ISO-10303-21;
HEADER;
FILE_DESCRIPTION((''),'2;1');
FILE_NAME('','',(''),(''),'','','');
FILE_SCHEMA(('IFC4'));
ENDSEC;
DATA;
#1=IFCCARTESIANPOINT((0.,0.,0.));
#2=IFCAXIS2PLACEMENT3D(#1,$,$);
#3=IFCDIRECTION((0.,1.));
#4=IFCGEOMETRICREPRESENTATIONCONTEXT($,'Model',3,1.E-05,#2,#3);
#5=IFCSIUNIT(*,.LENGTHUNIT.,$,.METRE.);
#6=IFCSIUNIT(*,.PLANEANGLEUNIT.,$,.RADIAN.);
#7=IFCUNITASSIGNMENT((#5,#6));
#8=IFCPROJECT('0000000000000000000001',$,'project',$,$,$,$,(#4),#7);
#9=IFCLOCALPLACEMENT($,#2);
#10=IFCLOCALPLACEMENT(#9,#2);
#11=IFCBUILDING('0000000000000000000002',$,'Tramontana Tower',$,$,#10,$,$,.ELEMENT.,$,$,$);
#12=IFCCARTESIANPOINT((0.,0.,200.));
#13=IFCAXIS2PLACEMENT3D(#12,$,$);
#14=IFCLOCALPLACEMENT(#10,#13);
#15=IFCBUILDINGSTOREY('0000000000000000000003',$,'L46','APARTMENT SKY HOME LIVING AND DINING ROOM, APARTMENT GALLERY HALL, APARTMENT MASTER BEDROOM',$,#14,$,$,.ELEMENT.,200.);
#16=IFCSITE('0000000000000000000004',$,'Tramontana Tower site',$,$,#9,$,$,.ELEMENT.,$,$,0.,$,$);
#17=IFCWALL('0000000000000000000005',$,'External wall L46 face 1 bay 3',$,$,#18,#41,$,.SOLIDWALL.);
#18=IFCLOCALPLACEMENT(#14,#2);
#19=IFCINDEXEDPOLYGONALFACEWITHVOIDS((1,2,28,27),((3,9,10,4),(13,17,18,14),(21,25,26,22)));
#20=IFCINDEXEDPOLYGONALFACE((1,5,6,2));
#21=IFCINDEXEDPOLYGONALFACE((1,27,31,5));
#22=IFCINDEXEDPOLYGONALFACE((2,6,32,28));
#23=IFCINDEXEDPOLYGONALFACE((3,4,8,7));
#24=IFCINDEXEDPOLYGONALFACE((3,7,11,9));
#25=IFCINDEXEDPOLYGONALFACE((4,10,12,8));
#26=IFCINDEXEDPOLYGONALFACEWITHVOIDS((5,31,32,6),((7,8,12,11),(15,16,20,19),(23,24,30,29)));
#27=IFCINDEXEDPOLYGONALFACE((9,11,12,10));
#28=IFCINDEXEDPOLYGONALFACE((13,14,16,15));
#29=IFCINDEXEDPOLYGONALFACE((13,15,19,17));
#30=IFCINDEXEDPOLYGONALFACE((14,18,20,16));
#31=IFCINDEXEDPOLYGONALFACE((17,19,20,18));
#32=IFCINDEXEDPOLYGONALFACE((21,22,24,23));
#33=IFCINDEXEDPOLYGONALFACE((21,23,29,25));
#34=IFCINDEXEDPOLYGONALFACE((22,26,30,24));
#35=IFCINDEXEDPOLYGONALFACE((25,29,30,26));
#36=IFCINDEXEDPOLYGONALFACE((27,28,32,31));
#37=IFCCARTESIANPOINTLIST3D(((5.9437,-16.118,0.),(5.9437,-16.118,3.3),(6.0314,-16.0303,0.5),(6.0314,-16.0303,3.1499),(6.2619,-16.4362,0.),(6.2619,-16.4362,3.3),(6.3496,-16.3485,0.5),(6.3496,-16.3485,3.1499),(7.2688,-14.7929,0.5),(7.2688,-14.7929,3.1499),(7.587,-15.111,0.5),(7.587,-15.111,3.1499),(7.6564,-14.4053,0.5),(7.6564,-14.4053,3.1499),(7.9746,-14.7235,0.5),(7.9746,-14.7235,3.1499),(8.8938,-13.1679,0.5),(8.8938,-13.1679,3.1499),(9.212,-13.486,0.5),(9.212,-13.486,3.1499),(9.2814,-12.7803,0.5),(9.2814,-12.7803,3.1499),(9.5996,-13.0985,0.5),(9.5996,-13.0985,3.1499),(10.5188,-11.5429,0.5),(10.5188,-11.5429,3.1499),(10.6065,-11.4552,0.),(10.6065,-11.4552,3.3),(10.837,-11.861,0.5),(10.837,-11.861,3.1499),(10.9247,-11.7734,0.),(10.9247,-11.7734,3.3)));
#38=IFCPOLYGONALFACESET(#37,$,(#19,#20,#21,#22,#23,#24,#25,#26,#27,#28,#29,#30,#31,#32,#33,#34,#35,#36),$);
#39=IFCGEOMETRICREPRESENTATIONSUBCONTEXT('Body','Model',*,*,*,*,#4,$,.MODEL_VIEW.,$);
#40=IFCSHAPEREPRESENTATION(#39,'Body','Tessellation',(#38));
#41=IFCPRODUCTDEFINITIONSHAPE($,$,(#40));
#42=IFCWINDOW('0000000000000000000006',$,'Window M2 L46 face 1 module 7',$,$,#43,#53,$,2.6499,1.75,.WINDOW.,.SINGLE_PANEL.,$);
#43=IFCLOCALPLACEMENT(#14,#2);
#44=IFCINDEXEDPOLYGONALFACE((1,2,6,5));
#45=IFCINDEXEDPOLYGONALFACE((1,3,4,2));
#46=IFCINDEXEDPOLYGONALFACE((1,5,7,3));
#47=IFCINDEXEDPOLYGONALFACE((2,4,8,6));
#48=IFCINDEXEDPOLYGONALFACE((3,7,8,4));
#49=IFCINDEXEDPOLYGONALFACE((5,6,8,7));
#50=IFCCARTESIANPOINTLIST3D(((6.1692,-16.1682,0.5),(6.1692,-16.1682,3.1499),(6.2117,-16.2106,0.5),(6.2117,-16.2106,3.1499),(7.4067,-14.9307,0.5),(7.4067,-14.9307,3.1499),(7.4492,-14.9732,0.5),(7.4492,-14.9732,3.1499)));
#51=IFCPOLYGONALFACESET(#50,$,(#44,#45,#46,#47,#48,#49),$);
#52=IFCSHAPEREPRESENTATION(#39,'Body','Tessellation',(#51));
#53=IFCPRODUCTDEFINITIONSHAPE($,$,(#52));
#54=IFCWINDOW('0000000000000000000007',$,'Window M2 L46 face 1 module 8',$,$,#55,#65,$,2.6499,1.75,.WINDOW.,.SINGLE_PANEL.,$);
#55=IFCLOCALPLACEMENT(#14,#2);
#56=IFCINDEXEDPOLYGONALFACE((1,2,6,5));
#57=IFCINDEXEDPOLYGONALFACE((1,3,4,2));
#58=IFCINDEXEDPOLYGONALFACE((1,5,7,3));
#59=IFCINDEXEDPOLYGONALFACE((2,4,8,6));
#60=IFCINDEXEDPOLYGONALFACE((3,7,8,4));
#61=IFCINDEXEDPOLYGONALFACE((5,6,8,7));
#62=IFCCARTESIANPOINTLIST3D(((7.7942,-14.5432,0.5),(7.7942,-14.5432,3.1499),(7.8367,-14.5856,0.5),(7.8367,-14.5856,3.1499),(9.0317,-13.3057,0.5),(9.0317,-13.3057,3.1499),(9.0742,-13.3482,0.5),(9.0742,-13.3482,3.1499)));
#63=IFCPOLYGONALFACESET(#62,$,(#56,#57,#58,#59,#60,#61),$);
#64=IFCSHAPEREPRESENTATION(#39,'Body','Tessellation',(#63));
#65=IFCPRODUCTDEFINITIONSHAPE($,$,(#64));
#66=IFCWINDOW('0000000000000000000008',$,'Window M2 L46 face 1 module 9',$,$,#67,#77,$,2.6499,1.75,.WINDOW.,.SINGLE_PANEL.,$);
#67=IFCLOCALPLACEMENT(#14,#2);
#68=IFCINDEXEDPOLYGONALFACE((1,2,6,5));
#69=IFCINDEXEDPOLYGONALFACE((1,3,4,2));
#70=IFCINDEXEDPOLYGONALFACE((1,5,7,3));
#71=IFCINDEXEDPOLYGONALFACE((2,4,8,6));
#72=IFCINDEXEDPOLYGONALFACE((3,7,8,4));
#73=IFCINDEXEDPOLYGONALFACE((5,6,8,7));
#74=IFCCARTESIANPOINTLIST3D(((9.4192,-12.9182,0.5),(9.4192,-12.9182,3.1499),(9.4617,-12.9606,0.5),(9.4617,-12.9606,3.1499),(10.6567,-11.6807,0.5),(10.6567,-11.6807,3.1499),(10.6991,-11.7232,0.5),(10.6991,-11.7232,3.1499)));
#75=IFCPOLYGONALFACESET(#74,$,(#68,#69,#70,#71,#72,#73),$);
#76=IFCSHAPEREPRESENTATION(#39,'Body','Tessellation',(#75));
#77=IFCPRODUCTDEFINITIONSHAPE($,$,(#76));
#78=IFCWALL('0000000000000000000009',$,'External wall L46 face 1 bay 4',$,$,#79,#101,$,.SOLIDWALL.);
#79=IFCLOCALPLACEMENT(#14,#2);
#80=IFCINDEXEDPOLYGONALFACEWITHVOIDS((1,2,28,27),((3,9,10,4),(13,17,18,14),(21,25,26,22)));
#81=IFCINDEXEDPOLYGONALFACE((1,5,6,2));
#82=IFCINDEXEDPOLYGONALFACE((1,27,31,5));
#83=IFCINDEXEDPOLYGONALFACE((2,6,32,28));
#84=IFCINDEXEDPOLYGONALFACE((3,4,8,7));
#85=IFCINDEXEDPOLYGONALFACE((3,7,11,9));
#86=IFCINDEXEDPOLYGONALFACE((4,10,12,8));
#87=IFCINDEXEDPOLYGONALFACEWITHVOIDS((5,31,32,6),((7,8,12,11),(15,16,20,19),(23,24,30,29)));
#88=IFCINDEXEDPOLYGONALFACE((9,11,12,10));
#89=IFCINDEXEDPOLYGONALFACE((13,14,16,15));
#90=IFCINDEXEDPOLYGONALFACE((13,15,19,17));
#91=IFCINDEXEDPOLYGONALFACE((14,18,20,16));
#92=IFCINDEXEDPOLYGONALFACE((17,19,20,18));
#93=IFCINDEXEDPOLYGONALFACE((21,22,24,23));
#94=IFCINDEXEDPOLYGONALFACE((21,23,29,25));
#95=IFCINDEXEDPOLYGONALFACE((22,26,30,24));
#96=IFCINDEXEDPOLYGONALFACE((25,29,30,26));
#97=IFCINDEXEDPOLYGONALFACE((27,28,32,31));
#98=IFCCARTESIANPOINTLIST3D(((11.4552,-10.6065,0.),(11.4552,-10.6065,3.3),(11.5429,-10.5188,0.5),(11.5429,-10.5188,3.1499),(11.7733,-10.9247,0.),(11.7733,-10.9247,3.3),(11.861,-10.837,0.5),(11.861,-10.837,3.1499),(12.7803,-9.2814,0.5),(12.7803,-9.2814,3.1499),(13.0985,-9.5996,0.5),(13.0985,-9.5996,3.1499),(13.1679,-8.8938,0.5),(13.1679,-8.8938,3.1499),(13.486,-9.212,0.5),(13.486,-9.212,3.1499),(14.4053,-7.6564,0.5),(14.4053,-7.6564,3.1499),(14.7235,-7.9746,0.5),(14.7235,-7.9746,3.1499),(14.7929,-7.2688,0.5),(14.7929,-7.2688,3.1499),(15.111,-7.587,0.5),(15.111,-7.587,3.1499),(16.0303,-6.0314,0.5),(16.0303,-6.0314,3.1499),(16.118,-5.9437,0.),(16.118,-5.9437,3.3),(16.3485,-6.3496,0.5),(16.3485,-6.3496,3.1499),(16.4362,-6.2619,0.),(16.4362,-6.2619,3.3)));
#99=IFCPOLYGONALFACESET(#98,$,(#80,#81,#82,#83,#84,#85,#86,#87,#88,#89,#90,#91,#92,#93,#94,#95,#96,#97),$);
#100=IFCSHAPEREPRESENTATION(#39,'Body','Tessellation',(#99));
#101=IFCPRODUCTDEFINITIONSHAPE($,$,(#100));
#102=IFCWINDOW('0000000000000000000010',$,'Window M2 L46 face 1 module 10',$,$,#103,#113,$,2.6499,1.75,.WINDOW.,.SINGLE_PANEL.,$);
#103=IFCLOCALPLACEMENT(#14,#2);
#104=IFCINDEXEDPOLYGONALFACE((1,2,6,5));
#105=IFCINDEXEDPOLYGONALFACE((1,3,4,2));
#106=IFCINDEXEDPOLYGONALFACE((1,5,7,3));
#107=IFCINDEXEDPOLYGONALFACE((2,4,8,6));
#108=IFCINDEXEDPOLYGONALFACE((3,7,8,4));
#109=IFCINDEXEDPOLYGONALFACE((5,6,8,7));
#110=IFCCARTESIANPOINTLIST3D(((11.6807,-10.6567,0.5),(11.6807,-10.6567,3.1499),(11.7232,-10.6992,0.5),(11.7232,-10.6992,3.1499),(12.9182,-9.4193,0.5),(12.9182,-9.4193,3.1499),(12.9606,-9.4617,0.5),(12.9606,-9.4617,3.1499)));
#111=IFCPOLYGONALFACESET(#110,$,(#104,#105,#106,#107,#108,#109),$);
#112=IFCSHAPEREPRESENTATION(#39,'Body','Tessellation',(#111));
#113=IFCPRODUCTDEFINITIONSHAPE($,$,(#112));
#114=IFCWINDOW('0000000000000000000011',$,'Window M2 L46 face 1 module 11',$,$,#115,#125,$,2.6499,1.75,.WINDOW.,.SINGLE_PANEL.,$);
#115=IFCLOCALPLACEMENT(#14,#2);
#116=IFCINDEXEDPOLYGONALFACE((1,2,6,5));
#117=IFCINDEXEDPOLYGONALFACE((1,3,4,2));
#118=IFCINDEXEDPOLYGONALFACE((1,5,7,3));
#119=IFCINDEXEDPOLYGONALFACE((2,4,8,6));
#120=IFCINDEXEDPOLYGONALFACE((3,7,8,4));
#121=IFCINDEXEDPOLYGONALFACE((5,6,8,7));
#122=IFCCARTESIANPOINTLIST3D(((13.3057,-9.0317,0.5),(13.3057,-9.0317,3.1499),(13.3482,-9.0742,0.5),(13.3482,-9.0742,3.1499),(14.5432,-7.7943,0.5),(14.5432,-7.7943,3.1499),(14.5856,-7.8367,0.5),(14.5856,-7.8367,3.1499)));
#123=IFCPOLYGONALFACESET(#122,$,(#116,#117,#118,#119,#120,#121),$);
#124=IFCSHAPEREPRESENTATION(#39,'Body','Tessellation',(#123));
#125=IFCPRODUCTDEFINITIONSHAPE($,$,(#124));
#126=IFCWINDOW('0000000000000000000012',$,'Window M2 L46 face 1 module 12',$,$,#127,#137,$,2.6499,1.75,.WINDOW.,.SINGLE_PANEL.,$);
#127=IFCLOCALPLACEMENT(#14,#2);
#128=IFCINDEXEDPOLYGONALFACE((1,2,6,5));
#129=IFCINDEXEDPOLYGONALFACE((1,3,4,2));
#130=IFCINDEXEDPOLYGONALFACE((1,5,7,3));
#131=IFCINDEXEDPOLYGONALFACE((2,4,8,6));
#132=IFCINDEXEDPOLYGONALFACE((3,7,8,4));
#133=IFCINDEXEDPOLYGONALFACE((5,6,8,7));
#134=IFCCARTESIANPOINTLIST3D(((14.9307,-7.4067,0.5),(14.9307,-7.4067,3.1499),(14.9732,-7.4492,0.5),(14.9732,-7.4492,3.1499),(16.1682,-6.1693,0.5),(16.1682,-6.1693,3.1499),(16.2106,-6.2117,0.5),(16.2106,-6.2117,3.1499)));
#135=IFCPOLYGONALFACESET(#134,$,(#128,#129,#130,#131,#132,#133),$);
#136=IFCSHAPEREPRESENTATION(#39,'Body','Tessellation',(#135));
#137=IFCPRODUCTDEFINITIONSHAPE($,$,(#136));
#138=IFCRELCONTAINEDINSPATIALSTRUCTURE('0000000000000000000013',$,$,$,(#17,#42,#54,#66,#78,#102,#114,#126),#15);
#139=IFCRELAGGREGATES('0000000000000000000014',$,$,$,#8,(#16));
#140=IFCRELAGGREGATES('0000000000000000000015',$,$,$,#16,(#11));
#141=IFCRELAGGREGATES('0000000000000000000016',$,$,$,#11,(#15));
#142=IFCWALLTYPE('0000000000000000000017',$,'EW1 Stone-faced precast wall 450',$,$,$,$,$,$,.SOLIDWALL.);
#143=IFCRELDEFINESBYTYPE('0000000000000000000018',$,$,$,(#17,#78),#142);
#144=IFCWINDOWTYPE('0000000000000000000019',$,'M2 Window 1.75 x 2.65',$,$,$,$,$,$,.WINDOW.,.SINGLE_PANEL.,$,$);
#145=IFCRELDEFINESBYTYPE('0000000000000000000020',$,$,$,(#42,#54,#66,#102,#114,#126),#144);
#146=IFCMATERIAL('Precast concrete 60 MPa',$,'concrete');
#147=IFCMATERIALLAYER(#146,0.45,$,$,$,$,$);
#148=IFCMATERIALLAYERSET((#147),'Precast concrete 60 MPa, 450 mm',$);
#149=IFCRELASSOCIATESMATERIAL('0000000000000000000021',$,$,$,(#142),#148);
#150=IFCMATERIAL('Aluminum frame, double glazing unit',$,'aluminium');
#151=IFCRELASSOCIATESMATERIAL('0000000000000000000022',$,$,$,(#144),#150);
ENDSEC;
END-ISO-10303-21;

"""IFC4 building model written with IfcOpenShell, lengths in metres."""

from ifc_helpers import new_model, si_unit, direction, frame, frame_2d, origin, place, context, subcontext, project, spatial, rectangle, extrude, material, layer, layer_set, type_object, element, fill, save


model = new_model("IFC4")

# Units and contexts
model_context = context("Model", 3, precision=1e-05, world=origin(), true_north=direction((0.0, 1.0)))
body_context = subcontext(model_context, "Body", "Model", "MODEL_VIEW")
ifc_project = project(units=[si_unit("LENGTHUNIT", "METRE"), si_unit("PLANEANGLEUNIT", "RADIAN")], contexts=[model_context])

# Site, building, storey
site_placement = place(None, origin())
site = spatial("IfcSite", under=ifc_project, at=site_placement, Name="Tramontana Tower site", CompositionType="ELEMENT", RefElevation=0.0)
building_placement = place(site_placement, origin())
building = spatial("IfcBuilding", under=site, at=building_placement, Name="Tramontana Tower", CompositionType="ELEMENT")
storey_placement = place(building_placement, frame((0.0, 0.0, 200.0)))
storey = spatial("IfcBuildingStorey", under=building, at=storey_placement, Name="L46", Description="APARTMENT SKY HOME LIVING AND DINING ROOM, APARTMENT GALLERY HALL, APARTMENT MASTER BEDROOM", CompositionType="ELEMENT", Elevation=200.0)

# Walls, openings, windows
ifc_material_1 = material(Name="Precast concrete 60 MPa", Category="concrete")
ifc_layer_1 = layer(ifc_material_1, 0.45)
ifc_layer_set_1 = layer_set([ifc_layer_1], Name="Precast concrete 60 MPa, 450 mm")
wall_type_1 = type_object("IfcWallType", Name="EW1 Stone-faced precast wall 450", PredefinedType="SOLIDWALL", material=ifc_layer_set_1)
wall_1_placement = place(storey_placement, frame((6.1028, -16.2771, 0.0), z_axis=(0.0, 0.0, 1.0), x_axis=(0.707107, 0.707107, 0.0)))
wall_1 = element("IfcWall", 1, at=wall_1_placement, inside=storey, type_object=wall_type_1, Name="External wall L46 face 1 bay 3", PredefinedType="SOLIDWALL", context=body_context, shape_type="SweptSolid", body=[
    extrude(rectangle(XDim=6.5942, YDim=0.45, at=frame_2d((3.2971, 0.0))), origin(), (0.0, 0.0, 1.0), 3.3),
])
opening_1_placement = place(wall_1_placement, frame((0.124, 0.0, 0.5)))
opening_1 = element("IfcOpeningElement", 2, at=opening_1_placement, cuts=wall_1, PredefinedType="OPENING", context=body_context, shape_type="SweptSolid", body=[
    extrude(rectangle(XDim=1.75, YDim=2.6499, at=frame_2d((0.875, 1.325))), frame((0.0, 0.2349, 0.0), z_axis=(0.0, -1.0, 0.0), x_axis=(1.0, 0.0, 0.0)), (0.0, 0.0, 1.0), 0.47),
])
opening_2_placement = place(wall_1_placement, frame((2.4221, 0.0, 0.5)))
opening_2 = element("IfcOpeningElement", 3, at=opening_2_placement, cuts=wall_1, PredefinedType="OPENING", context=body_context, shape_type="SweptSolid", body=[
    extrude(rectangle(XDim=1.75, YDim=2.6499, at=frame_2d((0.875, 1.325))), frame((0.0, 0.2349, 0.0), z_axis=(0.0, -1.0, 0.0), x_axis=(1.0, 0.0, 0.0)), (0.0, 0.0, 1.0), 0.47),
])
opening_3_placement = place(wall_1_placement, frame((4.7202, 0.0, 0.5)))
opening_3 = element("IfcOpeningElement", 4, at=opening_3_placement, cuts=wall_1, PredefinedType="OPENING", context=body_context, shape_type="SweptSolid", body=[
    extrude(rectangle(XDim=1.75, YDim=2.6499, at=frame_2d((0.875, 1.325))), frame((0.0, 0.2349, 0.0), z_axis=(0.0, -1.0, 0.0), x_axis=(1.0, 0.0, 0.0)), (0.0, 0.0, 1.0), 0.47),
])
ifc_material_2 = material(Name="Aluminum frame, double glazing unit", Category="aluminium")
window_type = type_object("IfcWindowType", Name="M2 Window 1.75 x 2.65", PartitioningType="SINGLE_PANEL", PredefinedType="WINDOW", material=ifc_material_2)
window_1_placement = place(opening_1_placement, origin())
window_1 = element("IfcWindow", 5, at=window_1_placement, inside=storey, type_object=window_type, Name="Window M2 L46 face 1 module 7", OverallHeight=2.6499, OverallWidth=1.75, PartitioningType="SINGLE_PANEL", PredefinedType="WINDOW", context=body_context, shape_type="SweptSolid", body=[
    extrude(rectangle(XDim=1.75, YDim=2.6499, at=frame_2d((0.875, 1.325))), frame((0.0, 0.03, 0.0), z_axis=(0.0, -1.0, 0.0), x_axis=(1.0, 0.0, 0.0)), (0.0, 0.0, 1.0), 0.0601),
])
fill(opening_1, window_1)
window_2_placement = place(opening_2_placement, origin())
window_2 = element("IfcWindow", 6, at=window_2_placement, inside=storey, type_object=window_type, Name="Window M2 L46 face 1 module 8", OverallHeight=2.6499, OverallWidth=1.75, PartitioningType="SINGLE_PANEL", PredefinedType="WINDOW", context=body_context, shape_type="SweptSolid", body=[
    extrude(rectangle(XDim=1.75, YDim=2.6499, at=frame_2d((0.875, 1.325))), frame((0.0, 0.03, 0.0), z_axis=(0.0, -1.0, 0.0), x_axis=(1.0, 0.0, 0.0)), (0.0, 0.0, 1.0), 0.0601),
])
fill(opening_2, window_2)
window_3_placement = place(opening_3_placement, origin())
window_3 = element("IfcWindow", 7, at=window_3_placement, inside=storey, type_object=window_type, Name="Window M2 L46 face 1 module 9", OverallHeight=2.6499, OverallWidth=1.75, PartitioningType="SINGLE_PANEL", PredefinedType="WINDOW", context=body_context, shape_type="SweptSolid", body=[
    extrude(rectangle(XDim=1.75, YDim=2.6499, at=frame_2d((0.875, 1.325))), frame((0.0, 0.03, 0.0), z_axis=(0.0, -1.0, 0.0), x_axis=(1.0, 0.0, 0.0)), (0.0, 0.0, 1.0), 0.0601),
])
fill(opening_3, window_3)
wall_2_placement = place(storey_placement, frame((11.6143, -10.7656, 0.0), z_axis=(0.0, 0.0, 1.0), x_axis=(0.707107, 0.707107, 0.0)))
wall_2 = element("IfcWall", 8, at=wall_2_placement, inside=storey, type_object=wall_type_1, Name="External wall L46 face 1 bay 4", PredefinedType="SOLIDWALL", context=body_context, shape_type="SweptSolid", body=[
    extrude(rectangle(XDim=6.5942, YDim=0.45, at=frame_2d((3.2971, 0.0))), origin(), (0.0, 0.0, 1.0), 3.3),
])
opening_4_placement = place(wall_2_placement, frame((0.124, 0.0, 0.5)))
opening_4 = element("IfcOpeningElement", 9, at=opening_4_placement, cuts=wall_2, PredefinedType="OPENING", context=body_context, shape_type="SweptSolid", body=[
    extrude(rectangle(XDim=1.75, YDim=2.6499, at=frame_2d((0.875, 1.325))), frame((0.0, 0.2349, 0.0), z_axis=(0.0, -1.0, 0.0), x_axis=(1.0, 0.0, 0.0)), (0.0, 0.0, 1.0), 0.47),
])
opening_5_placement = place(wall_2_placement, frame((2.4221, 0.0, 0.5)))
opening_5 = element("IfcOpeningElement", 10, at=opening_5_placement, cuts=wall_2, PredefinedType="OPENING", context=body_context, shape_type="SweptSolid", body=[
    extrude(rectangle(XDim=1.75, YDim=2.6499, at=frame_2d((0.875, 1.325))), frame((0.0, 0.2349, 0.0), z_axis=(0.0, -1.0, 0.0), x_axis=(1.0, 0.0, 0.0)), (0.0, 0.0, 1.0), 0.47),
])
opening_6_placement = place(wall_2_placement, frame((4.7202, 0.0, 0.5)))
opening_6 = element("IfcOpeningElement", 11, at=opening_6_placement, cuts=wall_2, PredefinedType="OPENING", context=body_context, shape_type="SweptSolid", body=[
    extrude(rectangle(XDim=1.75, YDim=2.6499, at=frame_2d((0.875, 1.325))), frame((0.0, 0.2349, 0.0), z_axis=(0.0, -1.0, 0.0), x_axis=(1.0, 0.0, 0.0)), (0.0, 0.0, 1.0), 0.47),
])
window_4_placement = place(opening_4_placement, origin())
window_4 = element("IfcWindow", 12, at=window_4_placement, inside=storey, type_object=window_type, Name="Window M2 L46 face 1 module 10", OverallHeight=2.6499, OverallWidth=1.75, PartitioningType="SINGLE_PANEL", PredefinedType="WINDOW", context=body_context, shape_type="SweptSolid", body=[
    extrude(rectangle(XDim=1.75, YDim=2.6499, at=frame_2d((0.875, 1.325))), frame((0.0, 0.03, 0.0), z_axis=(0.0, -1.0, 0.0), x_axis=(1.0, 0.0, 0.0)), (0.0, 0.0, 1.0), 0.0601),
])
fill(opening_4, window_4)
window_5_placement = place(opening_5_placement, origin())
window_5 = element("IfcWindow", 13, at=window_5_placement, inside=storey, type_object=window_type, Name="Window M2 L46 face 1 module 11", OverallHeight=2.6499, OverallWidth=1.75, PartitioningType="SINGLE_PANEL", PredefinedType="WINDOW", context=body_context, shape_type="SweptSolid", body=[
    extrude(rectangle(XDim=1.75, YDim=2.6499, at=frame_2d((0.875, 1.325))), frame((0.0, 0.03, 0.0), z_axis=(0.0, -1.0, 0.0), x_axis=(1.0, 0.0, 0.0)), (0.0, 0.0, 1.0), 0.0601),
])
fill(opening_5, window_5)
window_6_placement = place(opening_6_placement, origin())
window_6 = element("IfcWindow", 14, at=window_6_placement, inside=storey, type_object=window_type, Name="Window M2 L46 face 1 module 12", OverallHeight=2.6499, OverallWidth=1.75, PartitioningType="SINGLE_PANEL", PredefinedType="WINDOW", context=body_context, shape_type="SweptSolid", body=[
    extrude(rectangle(XDim=1.75, YDim=2.6499, at=frame_2d((0.875, 1.325))), frame((0.0, 0.03, 0.0), z_axis=(0.0, -1.0, 0.0), x_axis=(1.0, 0.0, 0.0)), (0.0, 0.0, 1.0), 0.0601),
])
fill(opening_6, window_6)

save(model, "model.ifc")
